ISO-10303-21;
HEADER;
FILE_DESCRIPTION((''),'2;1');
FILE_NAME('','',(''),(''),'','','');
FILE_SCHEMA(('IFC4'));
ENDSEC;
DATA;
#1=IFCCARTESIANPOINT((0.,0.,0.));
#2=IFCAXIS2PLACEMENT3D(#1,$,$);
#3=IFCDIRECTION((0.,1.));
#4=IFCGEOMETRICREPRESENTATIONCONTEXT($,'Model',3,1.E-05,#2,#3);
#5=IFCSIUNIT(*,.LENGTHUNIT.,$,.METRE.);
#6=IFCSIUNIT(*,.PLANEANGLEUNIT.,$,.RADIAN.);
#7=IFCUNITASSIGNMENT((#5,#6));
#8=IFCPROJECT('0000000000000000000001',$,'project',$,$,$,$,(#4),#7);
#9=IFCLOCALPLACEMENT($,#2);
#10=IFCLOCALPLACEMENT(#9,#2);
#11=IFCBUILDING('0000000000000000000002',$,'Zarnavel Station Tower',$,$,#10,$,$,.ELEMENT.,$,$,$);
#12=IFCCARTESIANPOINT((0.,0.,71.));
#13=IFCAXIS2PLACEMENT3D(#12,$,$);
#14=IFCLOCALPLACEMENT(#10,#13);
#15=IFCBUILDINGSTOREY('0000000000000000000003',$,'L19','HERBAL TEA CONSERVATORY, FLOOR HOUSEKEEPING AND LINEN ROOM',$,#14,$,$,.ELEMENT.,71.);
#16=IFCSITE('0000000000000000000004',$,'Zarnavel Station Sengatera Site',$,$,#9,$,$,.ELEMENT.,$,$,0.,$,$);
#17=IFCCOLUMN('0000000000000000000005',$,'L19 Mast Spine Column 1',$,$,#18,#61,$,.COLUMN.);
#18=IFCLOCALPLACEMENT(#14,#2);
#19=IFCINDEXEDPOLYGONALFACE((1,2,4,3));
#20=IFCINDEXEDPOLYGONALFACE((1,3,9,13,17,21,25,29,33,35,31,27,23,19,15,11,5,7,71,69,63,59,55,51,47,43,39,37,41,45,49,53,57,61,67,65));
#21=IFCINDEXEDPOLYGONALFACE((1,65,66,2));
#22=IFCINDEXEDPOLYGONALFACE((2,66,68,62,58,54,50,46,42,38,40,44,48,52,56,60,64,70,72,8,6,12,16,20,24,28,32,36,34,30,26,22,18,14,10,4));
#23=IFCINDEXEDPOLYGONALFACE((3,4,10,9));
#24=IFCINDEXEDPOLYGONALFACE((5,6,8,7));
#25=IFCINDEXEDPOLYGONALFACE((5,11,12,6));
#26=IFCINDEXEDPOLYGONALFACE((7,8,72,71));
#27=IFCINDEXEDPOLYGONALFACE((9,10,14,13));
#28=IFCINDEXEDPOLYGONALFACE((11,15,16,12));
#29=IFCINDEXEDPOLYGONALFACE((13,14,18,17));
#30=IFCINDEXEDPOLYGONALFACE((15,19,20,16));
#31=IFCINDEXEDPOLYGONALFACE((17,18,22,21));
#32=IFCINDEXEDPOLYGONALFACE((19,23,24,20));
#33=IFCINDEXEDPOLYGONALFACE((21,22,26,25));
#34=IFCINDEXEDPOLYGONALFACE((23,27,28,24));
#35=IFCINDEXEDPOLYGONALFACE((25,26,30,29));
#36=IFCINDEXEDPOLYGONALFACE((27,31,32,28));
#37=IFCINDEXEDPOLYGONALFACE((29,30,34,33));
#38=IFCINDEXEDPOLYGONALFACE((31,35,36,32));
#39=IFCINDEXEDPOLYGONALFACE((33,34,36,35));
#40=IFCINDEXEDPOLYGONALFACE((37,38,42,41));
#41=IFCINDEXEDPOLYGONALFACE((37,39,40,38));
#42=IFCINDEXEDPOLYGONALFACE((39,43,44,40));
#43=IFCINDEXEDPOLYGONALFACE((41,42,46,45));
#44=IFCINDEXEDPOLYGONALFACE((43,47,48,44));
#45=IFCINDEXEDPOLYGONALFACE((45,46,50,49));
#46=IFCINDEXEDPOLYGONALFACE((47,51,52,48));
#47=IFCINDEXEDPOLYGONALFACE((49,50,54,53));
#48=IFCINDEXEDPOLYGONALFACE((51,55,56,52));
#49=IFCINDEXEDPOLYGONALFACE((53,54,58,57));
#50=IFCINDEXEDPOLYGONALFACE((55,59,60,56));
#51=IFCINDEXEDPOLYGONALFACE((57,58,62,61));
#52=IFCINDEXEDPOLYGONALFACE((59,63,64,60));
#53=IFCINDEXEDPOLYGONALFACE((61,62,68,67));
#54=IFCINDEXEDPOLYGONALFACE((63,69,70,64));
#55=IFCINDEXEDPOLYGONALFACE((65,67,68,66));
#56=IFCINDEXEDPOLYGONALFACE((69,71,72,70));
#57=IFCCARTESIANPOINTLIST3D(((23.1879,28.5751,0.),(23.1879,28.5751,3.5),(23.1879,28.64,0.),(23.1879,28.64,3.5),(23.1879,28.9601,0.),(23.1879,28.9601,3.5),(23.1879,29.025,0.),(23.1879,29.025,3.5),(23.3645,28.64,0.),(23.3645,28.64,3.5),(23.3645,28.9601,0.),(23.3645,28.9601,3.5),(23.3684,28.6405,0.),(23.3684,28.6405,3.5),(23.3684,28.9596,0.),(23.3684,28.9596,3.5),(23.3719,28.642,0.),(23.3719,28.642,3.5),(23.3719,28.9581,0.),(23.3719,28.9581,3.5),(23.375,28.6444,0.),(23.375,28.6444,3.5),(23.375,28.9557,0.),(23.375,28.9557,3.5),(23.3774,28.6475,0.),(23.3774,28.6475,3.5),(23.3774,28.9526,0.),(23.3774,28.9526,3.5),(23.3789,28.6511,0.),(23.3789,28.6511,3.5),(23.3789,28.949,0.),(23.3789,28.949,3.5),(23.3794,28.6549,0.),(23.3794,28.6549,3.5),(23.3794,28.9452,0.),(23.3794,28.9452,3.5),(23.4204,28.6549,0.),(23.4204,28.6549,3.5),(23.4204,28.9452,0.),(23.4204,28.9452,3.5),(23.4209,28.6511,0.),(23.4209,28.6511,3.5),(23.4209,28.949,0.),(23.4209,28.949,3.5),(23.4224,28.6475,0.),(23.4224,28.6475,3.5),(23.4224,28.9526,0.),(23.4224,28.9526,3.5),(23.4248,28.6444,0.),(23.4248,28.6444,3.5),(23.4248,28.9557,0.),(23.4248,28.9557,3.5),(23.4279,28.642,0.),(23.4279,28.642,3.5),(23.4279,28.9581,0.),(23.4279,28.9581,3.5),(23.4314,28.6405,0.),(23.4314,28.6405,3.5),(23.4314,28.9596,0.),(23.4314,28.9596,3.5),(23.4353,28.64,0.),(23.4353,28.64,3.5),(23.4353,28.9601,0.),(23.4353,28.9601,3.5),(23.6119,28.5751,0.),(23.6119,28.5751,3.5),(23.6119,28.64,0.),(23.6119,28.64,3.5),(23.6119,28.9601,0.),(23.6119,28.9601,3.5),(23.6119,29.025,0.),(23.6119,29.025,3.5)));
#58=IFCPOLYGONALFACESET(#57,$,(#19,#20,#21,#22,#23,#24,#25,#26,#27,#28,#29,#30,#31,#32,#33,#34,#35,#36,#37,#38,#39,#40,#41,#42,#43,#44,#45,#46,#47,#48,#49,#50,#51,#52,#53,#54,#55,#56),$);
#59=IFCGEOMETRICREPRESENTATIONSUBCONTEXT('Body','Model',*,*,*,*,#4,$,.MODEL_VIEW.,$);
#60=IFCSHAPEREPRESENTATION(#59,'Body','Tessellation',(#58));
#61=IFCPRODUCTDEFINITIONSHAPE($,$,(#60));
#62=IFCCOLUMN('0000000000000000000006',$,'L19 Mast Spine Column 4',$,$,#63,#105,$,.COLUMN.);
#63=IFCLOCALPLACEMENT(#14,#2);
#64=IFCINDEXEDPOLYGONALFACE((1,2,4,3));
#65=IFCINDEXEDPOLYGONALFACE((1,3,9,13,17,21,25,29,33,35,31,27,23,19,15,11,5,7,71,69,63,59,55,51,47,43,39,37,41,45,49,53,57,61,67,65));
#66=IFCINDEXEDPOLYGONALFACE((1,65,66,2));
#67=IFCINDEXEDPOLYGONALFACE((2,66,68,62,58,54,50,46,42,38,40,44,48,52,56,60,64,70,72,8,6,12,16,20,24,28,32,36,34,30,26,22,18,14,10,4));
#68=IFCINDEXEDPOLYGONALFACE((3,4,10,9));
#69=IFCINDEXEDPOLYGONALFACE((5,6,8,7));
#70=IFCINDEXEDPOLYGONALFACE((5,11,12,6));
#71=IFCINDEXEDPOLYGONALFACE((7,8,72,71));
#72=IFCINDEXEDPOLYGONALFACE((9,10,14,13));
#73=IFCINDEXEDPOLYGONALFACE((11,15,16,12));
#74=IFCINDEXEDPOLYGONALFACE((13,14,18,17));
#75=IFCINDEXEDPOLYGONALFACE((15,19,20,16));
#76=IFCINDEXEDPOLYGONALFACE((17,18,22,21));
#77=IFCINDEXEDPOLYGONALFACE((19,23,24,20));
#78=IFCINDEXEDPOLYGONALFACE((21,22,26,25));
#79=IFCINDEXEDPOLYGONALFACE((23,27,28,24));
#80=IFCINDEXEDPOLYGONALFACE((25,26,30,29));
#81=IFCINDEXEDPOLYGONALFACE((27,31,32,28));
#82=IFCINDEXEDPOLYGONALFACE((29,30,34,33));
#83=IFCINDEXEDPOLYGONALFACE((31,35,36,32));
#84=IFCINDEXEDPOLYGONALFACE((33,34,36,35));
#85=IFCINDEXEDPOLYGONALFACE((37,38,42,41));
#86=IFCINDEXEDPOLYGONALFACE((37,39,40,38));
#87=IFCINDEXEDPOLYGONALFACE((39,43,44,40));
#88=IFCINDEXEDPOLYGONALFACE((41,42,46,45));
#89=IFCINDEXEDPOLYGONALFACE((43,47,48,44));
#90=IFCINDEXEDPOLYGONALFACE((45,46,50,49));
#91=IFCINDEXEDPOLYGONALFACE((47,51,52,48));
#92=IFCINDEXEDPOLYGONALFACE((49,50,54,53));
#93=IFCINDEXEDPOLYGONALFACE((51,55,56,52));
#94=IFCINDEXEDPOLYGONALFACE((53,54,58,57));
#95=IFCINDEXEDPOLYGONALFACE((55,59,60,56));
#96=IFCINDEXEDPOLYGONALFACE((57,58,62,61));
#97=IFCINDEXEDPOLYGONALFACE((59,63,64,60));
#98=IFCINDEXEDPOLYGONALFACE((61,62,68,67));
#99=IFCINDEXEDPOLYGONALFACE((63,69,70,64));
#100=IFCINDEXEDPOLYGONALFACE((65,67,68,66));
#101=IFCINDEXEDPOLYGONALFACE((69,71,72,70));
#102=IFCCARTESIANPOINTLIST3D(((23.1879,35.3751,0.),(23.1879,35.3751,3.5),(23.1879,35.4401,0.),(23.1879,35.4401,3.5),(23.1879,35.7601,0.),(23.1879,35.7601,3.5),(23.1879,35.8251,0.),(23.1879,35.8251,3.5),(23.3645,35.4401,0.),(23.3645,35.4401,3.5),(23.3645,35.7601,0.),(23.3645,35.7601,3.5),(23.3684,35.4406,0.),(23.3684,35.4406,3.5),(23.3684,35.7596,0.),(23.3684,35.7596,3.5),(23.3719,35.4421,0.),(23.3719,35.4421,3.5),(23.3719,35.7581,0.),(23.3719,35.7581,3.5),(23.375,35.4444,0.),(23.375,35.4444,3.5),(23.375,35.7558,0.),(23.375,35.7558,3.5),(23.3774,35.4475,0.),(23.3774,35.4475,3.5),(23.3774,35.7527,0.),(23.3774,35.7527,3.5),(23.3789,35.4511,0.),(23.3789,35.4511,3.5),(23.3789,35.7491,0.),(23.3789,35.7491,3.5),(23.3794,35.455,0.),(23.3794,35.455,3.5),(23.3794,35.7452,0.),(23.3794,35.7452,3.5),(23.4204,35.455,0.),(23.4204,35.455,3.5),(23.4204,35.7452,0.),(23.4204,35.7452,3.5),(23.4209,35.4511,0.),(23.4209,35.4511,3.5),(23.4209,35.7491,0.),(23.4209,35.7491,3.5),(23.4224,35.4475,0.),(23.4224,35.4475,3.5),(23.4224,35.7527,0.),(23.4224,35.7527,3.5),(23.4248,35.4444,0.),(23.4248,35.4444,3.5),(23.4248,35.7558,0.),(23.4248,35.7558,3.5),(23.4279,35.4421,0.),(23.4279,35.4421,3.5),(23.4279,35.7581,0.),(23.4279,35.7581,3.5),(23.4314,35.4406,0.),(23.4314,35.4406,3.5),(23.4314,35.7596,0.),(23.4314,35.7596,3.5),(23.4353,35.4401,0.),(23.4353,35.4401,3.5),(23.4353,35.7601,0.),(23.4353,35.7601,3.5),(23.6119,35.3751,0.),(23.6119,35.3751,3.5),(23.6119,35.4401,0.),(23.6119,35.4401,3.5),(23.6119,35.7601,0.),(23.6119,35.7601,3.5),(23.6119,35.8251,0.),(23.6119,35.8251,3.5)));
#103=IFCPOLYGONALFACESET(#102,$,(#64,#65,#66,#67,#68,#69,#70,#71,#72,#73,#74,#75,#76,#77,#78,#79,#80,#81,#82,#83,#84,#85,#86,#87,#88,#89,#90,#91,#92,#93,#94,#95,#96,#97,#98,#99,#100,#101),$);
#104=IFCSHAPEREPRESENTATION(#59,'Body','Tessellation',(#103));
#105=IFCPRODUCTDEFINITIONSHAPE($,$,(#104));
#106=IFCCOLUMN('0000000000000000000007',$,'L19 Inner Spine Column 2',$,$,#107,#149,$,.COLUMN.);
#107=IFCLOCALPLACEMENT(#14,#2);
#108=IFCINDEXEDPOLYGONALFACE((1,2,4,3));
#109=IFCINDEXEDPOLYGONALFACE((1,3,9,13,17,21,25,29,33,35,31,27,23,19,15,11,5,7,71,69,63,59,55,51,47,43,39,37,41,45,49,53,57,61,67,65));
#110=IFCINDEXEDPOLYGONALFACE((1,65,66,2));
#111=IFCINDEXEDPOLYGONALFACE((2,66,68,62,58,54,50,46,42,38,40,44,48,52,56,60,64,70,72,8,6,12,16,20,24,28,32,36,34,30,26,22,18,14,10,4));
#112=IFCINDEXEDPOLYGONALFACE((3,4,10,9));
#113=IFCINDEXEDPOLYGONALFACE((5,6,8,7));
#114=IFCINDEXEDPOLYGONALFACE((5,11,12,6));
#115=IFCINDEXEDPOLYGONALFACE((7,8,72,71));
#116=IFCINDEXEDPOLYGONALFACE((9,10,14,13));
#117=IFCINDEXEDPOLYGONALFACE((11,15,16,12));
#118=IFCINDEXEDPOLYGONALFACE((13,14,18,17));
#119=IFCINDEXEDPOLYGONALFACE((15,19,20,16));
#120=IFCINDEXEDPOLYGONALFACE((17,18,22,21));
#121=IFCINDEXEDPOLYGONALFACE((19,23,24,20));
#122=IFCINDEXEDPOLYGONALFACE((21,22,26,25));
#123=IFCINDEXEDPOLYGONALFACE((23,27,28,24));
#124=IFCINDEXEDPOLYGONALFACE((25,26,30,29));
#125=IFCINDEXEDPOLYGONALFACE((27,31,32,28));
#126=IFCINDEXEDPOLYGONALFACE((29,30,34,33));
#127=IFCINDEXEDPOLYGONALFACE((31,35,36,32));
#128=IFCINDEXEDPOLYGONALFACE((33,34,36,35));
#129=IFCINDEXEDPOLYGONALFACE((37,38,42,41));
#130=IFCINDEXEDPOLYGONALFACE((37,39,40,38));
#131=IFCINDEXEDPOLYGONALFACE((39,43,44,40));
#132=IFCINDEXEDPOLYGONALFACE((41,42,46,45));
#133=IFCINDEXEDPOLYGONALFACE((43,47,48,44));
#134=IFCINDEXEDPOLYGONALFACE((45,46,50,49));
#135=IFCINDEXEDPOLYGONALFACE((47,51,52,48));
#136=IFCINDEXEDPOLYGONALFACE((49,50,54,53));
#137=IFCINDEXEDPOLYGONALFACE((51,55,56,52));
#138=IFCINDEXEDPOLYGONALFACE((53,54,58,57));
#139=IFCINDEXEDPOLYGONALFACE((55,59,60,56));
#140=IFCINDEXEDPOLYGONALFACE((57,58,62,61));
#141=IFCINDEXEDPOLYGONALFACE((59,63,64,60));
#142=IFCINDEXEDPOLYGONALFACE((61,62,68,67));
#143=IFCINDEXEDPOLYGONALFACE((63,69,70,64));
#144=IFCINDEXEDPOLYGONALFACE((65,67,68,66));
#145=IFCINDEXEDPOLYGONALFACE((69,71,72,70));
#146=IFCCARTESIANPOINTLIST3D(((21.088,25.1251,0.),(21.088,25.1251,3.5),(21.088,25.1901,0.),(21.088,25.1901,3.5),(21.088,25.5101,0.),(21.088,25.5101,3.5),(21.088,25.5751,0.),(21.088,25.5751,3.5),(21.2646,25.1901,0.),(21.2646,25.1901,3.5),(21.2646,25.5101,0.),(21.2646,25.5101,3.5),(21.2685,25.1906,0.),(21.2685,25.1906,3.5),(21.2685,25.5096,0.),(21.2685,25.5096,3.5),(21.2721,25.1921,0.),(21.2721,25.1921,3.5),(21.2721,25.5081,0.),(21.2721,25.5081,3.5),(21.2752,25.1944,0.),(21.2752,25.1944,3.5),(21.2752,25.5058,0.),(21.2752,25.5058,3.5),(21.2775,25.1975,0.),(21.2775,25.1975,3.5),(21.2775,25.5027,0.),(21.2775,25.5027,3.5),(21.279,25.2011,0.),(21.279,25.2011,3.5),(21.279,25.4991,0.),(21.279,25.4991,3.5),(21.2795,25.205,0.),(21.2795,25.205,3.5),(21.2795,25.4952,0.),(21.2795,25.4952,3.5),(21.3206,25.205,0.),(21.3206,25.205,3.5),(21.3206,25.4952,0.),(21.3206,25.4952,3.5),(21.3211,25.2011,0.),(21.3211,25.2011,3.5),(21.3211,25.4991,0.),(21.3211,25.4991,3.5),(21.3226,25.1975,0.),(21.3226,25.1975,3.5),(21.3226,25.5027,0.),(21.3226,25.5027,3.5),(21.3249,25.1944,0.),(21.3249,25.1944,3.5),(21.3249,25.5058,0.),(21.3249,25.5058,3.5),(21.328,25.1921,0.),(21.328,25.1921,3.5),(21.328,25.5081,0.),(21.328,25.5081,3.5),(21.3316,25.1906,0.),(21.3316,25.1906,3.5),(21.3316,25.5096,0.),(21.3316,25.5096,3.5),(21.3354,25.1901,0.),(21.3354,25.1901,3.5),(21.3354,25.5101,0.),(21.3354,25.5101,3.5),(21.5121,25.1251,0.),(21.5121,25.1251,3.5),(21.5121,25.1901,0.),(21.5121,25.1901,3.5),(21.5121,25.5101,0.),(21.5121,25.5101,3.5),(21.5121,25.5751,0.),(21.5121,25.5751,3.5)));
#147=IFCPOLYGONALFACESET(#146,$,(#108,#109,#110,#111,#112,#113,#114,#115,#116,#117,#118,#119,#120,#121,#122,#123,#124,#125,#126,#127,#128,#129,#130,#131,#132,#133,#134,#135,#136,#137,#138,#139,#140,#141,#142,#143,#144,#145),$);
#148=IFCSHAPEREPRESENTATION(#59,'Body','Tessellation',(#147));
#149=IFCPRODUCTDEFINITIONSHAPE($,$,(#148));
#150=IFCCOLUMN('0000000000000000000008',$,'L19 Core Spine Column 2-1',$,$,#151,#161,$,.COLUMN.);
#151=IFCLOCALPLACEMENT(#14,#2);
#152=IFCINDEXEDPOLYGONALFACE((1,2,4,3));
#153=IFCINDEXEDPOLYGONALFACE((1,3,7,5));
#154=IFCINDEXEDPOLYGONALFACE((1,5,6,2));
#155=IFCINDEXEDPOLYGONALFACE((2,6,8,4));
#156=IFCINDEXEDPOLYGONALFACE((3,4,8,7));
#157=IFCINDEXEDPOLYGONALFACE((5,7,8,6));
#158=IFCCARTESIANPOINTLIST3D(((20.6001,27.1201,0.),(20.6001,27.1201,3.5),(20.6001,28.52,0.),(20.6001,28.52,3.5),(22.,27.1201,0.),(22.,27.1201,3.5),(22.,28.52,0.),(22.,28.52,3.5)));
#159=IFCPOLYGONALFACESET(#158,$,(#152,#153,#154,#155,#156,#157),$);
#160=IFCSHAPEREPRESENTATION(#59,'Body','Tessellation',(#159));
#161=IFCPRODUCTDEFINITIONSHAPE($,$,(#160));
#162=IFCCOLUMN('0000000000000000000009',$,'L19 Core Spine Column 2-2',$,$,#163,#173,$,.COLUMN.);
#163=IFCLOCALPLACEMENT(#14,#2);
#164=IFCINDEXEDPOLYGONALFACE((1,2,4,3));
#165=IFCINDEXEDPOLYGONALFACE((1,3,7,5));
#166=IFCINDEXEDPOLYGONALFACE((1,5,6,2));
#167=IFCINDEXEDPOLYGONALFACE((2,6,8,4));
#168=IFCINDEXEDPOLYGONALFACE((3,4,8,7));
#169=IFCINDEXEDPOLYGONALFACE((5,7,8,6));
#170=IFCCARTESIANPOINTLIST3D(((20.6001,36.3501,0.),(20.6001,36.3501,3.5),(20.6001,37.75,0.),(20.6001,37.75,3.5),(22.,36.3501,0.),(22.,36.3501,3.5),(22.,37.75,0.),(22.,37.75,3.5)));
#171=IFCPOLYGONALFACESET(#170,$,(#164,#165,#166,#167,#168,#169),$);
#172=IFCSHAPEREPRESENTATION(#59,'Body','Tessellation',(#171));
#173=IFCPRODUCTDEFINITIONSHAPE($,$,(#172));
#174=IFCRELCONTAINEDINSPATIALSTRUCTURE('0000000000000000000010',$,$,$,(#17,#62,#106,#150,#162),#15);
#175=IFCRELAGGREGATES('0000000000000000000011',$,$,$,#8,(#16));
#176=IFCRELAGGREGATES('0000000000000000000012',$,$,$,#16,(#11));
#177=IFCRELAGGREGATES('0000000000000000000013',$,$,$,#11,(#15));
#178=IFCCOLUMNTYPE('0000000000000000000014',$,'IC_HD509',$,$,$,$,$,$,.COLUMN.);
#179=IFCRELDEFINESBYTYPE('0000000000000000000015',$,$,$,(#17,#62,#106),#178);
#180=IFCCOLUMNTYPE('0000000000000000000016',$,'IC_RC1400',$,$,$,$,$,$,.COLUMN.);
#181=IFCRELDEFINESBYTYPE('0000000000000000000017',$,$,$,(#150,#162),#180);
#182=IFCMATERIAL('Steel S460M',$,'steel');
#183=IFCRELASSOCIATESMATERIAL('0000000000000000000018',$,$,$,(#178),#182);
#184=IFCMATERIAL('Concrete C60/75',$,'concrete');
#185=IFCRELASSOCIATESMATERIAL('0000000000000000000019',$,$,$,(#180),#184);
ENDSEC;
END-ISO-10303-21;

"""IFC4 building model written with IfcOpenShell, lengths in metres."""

from ifc_helpers import new_model, si_unit, direction, frame, origin, origin_2d, place, context, subcontext, project, spatial, rectangle, i_section, extrude, material, material_profile, profile_set, type_object, element, save


model = new_model("IFC4")

# Units and contexts
model_context = context("Model", 3, precision=1e-05, world=origin(), true_north=direction((0.0, 1.0)))
body_context = subcontext(model_context, "Body", "Model", "MODEL_VIEW")
ifc_project = project(units=[si_unit("LENGTHUNIT", "METRE"), si_unit("PLANEANGLEUNIT", "RADIAN")], contexts=[model_context])

# Site, building, storey
site_placement = place(None, origin())
site = spatial("IfcSite", under=ifc_project, at=site_placement, Name="Zarnavel Station Sengatera Site", CompositionType="ELEMENT", RefElevation=0.0)
building_placement = place(site_placement, origin())
building = spatial("IfcBuilding", under=site, at=building_placement, Name="Zarnavel Station Tower", CompositionType="ELEMENT")
storey_placement = place(building_placement, frame((0.0, 0.0, 71.0)))
storey = spatial("IfcBuildingStorey", under=building, at=storey_placement, Name="L19", Description="HERBAL TEA CONSERVATORY, FLOOR HOUSEKEEPING AND LINEN ROOM", CompositionType="ELEMENT", Elevation=71.0)

# Columns
ifc_material_1 = material(Name="Steel S460M", Category="steel")
ifc_material_profile_1 = material_profile(ifc_material_1, i_section(OverallWidth=0.4241, OverallDepth=0.45, WebThickness=0.041, FlangeThickness=0.0649, FilletRadius=0.0149, at=origin_2d()), Name="HD400x509")
ifc_profile_set_1 = profile_set([ifc_material_profile_1], Name="Steel S460M")
column_type_1 = type_object("IfcColumnType", Name="IC_HD509", PredefinedType="COLUMN", material=ifc_profile_set_1)
for number, where, z_axis, x_axis, name in (
    (1, (23.3999, 28.8, 0.0), (0.0, 0.0, 1.0), (1.0, 0.0, 0.0), "L19 Mast Spine Column 1"),
    (2, (23.3999, 35.6001, 0.0), (0.0, 0.0, 1.0), (1.0, 0.0, 0.0), "L19 Mast Spine Column 4"),
    (3, (21.3, 25.3501, 0.0), (0.0, 0.0, 1.0), (1.0, 0.0, 0.0), "L19 Inner Spine Column 2"),
):
    element("IfcColumn", number, at=place(storey_placement, frame(where, z_axis=z_axis, x_axis=x_axis)), inside=storey, type_object=column_type_1, Name=name, PredefinedType="COLUMN", context=body_context, shape_type="SweptSolid", body=[
        extrude(i_section(OverallWidth=0.4241, OverallDepth=0.45, WebThickness=0.041, FlangeThickness=0.0649, FilletRadius=0.0149, at=origin_2d()), origin(), (0.0, 0.0, 1.0), 3.5),
    ])
ifc_material_2 = material(Name="Concrete C60/75", Category="concrete")
ifc_material_profile_2 = material_profile(ifc_material_2, rectangle(XDim=1.3999, YDim=1.3999, at=origin_2d()), Name="RC1400x1400")
ifc_profile_set_2 = profile_set([ifc_material_profile_2], Name="Concrete C60/75")
column_type_2 = type_object("IfcColumnType", Name="IC_RC1400", PredefinedType="COLUMN", material=ifc_profile_set_2)
for number, where, z_axis, x_axis, name in (
    (4, (21.3, 27.8201, 0.0), (0.0, 0.0, 1.0), (1.0, 0.0, 0.0), "L19 Core Spine Column 2-1"),
    (5, (21.3, 37.05, 0.0), (0.0, 0.0, 1.0), (1.0, 0.0, 0.0), "L19 Core Spine Column 2-2"),
):
    element("IfcColumn", number, at=place(storey_placement, frame(where, z_axis=z_axis, x_axis=x_axis)), inside=storey, type_object=column_type_2, Name=name, PredefinedType="COLUMN", context=body_context, shape_type="SweptSolid", body=[
        extrude(rectangle(XDim=1.3999, YDim=1.3999, at=origin_2d()), origin(), (0.0, 0.0, 1.0), 3.5),
    ])

save(model, "model.ifc")
